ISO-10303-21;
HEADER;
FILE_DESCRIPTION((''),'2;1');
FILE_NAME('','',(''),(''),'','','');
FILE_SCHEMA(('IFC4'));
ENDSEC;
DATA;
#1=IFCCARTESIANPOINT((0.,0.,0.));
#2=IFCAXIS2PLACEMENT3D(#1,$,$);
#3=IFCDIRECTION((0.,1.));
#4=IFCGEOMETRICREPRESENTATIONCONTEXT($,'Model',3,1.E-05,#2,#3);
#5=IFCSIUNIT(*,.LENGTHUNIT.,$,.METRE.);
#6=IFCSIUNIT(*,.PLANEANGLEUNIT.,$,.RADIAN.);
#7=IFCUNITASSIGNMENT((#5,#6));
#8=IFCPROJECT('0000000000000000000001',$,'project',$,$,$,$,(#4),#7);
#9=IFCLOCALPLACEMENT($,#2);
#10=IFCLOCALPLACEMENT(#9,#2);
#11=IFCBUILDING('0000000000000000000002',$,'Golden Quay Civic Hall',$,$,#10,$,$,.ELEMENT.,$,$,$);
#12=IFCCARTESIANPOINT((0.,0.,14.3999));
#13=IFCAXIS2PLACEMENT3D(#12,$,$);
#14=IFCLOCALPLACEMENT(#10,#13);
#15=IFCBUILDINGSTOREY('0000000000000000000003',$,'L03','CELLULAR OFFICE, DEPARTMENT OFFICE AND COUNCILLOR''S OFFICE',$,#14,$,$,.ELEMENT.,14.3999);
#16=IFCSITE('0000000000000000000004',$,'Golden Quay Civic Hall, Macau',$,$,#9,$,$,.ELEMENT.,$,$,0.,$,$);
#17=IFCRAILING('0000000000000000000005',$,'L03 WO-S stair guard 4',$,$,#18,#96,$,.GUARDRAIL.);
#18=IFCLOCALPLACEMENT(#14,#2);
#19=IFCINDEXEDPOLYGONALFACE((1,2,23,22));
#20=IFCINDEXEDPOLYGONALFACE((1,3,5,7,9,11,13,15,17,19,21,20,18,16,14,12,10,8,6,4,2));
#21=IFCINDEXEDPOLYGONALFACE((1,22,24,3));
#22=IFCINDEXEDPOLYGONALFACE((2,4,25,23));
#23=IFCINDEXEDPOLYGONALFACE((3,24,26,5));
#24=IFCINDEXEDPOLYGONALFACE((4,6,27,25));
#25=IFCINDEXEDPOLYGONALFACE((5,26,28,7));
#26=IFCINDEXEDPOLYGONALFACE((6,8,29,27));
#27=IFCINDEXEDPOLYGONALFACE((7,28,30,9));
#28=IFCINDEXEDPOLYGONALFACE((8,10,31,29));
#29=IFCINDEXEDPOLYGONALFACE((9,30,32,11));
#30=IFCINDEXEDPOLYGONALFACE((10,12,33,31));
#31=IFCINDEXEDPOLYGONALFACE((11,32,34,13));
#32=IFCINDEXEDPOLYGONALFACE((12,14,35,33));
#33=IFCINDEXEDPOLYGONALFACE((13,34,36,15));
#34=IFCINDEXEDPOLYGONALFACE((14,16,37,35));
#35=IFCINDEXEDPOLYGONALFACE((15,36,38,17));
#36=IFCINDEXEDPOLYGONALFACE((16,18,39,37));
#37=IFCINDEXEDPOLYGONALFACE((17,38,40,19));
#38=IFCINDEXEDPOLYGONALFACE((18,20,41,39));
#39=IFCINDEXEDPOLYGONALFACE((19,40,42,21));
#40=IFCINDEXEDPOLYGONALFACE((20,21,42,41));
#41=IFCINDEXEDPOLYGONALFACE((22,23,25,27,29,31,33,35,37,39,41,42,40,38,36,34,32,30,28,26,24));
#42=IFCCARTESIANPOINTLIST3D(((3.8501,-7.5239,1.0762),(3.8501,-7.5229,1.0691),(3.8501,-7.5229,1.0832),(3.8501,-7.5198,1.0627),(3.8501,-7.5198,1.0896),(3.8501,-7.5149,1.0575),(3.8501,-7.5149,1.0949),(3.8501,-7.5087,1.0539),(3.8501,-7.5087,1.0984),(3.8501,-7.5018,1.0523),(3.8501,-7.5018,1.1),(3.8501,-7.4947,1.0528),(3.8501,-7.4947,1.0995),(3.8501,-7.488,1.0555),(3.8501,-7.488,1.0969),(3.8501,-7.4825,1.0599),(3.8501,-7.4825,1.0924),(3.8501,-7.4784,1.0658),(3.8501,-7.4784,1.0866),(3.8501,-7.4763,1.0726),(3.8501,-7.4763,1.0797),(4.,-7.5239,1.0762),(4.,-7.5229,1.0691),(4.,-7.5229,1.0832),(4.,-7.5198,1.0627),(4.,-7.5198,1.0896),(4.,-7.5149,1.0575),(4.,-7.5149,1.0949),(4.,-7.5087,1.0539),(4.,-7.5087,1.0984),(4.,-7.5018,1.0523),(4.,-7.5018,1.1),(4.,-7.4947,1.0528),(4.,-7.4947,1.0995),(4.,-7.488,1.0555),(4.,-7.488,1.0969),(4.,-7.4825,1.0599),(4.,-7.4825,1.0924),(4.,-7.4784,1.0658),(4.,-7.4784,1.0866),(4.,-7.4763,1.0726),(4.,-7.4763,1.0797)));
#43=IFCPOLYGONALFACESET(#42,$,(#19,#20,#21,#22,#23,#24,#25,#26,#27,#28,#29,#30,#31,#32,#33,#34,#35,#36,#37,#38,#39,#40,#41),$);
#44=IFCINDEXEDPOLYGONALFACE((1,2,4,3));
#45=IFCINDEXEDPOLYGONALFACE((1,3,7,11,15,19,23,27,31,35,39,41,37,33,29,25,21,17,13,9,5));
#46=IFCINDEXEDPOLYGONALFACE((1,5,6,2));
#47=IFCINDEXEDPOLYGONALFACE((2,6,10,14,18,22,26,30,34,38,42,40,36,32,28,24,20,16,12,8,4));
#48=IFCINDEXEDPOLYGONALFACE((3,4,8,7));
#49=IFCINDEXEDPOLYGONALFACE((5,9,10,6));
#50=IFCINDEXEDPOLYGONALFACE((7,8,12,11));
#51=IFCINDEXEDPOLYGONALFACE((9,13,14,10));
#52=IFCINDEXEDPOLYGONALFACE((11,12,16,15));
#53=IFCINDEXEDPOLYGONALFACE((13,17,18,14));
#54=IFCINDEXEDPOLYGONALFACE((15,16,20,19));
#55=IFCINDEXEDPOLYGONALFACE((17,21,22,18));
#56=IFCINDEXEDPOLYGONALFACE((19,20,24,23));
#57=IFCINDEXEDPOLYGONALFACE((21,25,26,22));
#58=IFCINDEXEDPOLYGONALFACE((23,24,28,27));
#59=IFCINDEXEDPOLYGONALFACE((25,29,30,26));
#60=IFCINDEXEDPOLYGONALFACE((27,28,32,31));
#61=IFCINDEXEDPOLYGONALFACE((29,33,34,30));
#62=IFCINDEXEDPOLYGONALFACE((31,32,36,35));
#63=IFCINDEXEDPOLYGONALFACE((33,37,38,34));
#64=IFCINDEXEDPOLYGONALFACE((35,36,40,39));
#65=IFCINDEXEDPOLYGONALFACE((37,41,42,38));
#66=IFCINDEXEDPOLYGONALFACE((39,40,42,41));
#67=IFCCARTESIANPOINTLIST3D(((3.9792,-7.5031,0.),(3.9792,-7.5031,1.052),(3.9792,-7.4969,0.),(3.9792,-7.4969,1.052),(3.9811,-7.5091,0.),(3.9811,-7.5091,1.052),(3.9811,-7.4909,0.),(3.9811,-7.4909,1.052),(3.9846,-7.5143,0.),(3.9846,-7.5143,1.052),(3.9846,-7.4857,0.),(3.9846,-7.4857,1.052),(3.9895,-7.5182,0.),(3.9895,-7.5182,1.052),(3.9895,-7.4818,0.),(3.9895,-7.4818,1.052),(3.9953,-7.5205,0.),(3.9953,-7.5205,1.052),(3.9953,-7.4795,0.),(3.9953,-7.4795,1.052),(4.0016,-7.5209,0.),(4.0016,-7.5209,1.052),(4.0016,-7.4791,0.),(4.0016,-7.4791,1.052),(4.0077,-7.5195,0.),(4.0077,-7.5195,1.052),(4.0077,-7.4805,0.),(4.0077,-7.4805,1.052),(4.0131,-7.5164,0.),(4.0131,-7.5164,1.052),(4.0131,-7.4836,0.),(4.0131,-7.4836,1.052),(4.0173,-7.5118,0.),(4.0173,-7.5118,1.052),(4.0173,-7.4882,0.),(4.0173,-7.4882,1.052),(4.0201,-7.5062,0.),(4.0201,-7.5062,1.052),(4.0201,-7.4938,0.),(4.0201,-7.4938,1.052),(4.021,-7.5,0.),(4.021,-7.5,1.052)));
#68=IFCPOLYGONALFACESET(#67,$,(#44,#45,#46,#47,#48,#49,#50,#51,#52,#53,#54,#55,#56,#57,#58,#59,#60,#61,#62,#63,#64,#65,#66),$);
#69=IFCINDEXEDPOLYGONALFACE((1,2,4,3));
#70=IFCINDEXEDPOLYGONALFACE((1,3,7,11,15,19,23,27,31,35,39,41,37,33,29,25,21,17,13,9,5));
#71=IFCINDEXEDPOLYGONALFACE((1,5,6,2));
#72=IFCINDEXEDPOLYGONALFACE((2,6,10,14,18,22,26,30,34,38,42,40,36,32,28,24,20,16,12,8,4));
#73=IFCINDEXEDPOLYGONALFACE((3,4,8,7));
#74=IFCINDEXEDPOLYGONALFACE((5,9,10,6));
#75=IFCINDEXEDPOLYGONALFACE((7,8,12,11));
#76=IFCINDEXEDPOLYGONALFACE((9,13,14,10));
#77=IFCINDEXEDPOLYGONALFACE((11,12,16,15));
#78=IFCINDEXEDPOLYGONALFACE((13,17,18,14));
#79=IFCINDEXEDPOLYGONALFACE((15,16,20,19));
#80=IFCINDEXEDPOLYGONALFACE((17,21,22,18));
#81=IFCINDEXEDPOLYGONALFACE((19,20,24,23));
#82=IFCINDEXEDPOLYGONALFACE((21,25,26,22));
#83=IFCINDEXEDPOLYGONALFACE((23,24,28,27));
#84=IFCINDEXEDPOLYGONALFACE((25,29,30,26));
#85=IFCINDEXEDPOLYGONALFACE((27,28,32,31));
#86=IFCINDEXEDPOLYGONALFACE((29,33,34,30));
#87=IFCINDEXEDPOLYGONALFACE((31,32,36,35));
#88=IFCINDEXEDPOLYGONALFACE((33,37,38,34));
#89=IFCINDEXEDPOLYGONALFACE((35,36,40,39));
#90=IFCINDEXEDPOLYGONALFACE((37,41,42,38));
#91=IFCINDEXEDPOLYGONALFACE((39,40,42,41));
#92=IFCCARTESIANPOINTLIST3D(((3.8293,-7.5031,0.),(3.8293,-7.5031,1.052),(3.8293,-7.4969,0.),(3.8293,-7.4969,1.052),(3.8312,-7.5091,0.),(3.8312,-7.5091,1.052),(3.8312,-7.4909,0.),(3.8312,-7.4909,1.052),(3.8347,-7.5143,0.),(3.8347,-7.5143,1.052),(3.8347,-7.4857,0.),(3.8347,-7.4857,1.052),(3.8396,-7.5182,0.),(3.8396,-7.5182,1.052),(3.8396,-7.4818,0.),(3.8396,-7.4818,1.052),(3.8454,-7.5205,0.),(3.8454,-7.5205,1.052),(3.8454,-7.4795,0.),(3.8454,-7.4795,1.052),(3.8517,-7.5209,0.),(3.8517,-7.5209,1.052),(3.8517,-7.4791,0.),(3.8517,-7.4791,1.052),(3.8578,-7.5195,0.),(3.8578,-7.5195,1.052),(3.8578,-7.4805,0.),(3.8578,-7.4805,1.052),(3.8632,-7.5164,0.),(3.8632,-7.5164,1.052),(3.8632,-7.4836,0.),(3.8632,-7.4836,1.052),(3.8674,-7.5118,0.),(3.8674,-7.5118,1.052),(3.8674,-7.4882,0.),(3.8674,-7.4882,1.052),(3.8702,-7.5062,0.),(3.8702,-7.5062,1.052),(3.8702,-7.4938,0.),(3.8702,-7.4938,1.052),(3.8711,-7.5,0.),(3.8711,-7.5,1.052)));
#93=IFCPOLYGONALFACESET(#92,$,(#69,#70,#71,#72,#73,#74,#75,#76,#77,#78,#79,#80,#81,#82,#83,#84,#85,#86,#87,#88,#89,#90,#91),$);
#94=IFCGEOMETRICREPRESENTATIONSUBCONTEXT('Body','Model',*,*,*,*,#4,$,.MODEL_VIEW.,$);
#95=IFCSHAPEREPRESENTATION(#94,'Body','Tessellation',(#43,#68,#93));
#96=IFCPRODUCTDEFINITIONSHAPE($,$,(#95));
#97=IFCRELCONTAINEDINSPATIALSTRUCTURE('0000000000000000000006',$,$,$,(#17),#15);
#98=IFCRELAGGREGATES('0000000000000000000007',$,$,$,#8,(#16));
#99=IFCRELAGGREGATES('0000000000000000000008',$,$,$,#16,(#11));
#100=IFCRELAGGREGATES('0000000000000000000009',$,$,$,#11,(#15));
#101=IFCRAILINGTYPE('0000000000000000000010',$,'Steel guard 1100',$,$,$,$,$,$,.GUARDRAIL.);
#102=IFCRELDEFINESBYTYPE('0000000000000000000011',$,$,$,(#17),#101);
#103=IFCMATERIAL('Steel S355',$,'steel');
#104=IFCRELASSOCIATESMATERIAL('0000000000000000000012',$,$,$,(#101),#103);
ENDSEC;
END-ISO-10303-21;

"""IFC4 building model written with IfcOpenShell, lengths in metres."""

from ifc_helpers import new_model, si_unit, direction, frame, origin, origin_2d, place, context, subcontext, project, spatial, circle, extrude, material, type_object, element, save


model = new_model("IFC4")

# Units and contexts
model_context = context("Model", 3, precision=1e-05, world=origin(), true_north=direction((0.0, 1.0)))
body_context = subcontext(model_context, "Body", "Model", "MODEL_VIEW")
ifc_project = project(units=[si_unit("LENGTHUNIT", "METRE"), si_unit("PLANEANGLEUNIT", "RADIAN")], contexts=[model_context])

# Site, building, storey
site_placement = place(None, origin())
site = spatial("IfcSite", under=ifc_project, at=site_placement, Name="Golden Quay Civic Hall, Macau", CompositionType="ELEMENT", RefElevation=0.0)
building_placement = place(site_placement, origin())
building = spatial("IfcBuilding", under=site, at=building_placement, Name="Golden Quay Civic Hall", CompositionType="ELEMENT")
storey_placement = place(building_placement, frame((0.0, 0.0, 14.3999)))
storey = spatial("IfcBuildingStorey", under=building, at=storey_placement, Name="L03", Description="CELLULAR OFFICE, DEPARTMENT OFFICE AND COUNCILLOR'S OFFICE", CompositionType="ELEMENT", Elevation=14.3999)

# Railing
ifc_material_1 = material(Name="Steel S355", Category="steel")
railing_type_1 = type_object("IfcRailingType", Name="Steel guard 1100", PredefinedType="GUARDRAIL", material=ifc_material_1)
railing_1_placement = place(storey_placement, frame((4.0, -7.5, 0.0)))
element("IfcRailing", 1, at=railing_1_placement, inside=storey, type_object=railing_type_1, Name="L03 WO-S stair guard 4", PredefinedType="GUARDRAIL", context=body_context, shape_type="SweptSolid", body=[
    extrude(circle(Radius=0.0239, at=origin_2d()), frame((0.0, 0.0, 1.0762), z_axis=(-1.0, 0.0, 0.0), x_axis=(0.0, -1.0, 0.0)), (0.0, 0.0, 1.0), 0.1499),
    extrude(circle(Radius=0.021, at=origin_2d()), origin(), (0.0, 0.0, 1.0), 1.052),
    extrude(circle(Radius=0.021, at=origin_2d()), frame((-0.1499, 0.0, 0.0)), (0.0, 0.0, 1.0), 1.052),
])

save(model, "model.ifc")
